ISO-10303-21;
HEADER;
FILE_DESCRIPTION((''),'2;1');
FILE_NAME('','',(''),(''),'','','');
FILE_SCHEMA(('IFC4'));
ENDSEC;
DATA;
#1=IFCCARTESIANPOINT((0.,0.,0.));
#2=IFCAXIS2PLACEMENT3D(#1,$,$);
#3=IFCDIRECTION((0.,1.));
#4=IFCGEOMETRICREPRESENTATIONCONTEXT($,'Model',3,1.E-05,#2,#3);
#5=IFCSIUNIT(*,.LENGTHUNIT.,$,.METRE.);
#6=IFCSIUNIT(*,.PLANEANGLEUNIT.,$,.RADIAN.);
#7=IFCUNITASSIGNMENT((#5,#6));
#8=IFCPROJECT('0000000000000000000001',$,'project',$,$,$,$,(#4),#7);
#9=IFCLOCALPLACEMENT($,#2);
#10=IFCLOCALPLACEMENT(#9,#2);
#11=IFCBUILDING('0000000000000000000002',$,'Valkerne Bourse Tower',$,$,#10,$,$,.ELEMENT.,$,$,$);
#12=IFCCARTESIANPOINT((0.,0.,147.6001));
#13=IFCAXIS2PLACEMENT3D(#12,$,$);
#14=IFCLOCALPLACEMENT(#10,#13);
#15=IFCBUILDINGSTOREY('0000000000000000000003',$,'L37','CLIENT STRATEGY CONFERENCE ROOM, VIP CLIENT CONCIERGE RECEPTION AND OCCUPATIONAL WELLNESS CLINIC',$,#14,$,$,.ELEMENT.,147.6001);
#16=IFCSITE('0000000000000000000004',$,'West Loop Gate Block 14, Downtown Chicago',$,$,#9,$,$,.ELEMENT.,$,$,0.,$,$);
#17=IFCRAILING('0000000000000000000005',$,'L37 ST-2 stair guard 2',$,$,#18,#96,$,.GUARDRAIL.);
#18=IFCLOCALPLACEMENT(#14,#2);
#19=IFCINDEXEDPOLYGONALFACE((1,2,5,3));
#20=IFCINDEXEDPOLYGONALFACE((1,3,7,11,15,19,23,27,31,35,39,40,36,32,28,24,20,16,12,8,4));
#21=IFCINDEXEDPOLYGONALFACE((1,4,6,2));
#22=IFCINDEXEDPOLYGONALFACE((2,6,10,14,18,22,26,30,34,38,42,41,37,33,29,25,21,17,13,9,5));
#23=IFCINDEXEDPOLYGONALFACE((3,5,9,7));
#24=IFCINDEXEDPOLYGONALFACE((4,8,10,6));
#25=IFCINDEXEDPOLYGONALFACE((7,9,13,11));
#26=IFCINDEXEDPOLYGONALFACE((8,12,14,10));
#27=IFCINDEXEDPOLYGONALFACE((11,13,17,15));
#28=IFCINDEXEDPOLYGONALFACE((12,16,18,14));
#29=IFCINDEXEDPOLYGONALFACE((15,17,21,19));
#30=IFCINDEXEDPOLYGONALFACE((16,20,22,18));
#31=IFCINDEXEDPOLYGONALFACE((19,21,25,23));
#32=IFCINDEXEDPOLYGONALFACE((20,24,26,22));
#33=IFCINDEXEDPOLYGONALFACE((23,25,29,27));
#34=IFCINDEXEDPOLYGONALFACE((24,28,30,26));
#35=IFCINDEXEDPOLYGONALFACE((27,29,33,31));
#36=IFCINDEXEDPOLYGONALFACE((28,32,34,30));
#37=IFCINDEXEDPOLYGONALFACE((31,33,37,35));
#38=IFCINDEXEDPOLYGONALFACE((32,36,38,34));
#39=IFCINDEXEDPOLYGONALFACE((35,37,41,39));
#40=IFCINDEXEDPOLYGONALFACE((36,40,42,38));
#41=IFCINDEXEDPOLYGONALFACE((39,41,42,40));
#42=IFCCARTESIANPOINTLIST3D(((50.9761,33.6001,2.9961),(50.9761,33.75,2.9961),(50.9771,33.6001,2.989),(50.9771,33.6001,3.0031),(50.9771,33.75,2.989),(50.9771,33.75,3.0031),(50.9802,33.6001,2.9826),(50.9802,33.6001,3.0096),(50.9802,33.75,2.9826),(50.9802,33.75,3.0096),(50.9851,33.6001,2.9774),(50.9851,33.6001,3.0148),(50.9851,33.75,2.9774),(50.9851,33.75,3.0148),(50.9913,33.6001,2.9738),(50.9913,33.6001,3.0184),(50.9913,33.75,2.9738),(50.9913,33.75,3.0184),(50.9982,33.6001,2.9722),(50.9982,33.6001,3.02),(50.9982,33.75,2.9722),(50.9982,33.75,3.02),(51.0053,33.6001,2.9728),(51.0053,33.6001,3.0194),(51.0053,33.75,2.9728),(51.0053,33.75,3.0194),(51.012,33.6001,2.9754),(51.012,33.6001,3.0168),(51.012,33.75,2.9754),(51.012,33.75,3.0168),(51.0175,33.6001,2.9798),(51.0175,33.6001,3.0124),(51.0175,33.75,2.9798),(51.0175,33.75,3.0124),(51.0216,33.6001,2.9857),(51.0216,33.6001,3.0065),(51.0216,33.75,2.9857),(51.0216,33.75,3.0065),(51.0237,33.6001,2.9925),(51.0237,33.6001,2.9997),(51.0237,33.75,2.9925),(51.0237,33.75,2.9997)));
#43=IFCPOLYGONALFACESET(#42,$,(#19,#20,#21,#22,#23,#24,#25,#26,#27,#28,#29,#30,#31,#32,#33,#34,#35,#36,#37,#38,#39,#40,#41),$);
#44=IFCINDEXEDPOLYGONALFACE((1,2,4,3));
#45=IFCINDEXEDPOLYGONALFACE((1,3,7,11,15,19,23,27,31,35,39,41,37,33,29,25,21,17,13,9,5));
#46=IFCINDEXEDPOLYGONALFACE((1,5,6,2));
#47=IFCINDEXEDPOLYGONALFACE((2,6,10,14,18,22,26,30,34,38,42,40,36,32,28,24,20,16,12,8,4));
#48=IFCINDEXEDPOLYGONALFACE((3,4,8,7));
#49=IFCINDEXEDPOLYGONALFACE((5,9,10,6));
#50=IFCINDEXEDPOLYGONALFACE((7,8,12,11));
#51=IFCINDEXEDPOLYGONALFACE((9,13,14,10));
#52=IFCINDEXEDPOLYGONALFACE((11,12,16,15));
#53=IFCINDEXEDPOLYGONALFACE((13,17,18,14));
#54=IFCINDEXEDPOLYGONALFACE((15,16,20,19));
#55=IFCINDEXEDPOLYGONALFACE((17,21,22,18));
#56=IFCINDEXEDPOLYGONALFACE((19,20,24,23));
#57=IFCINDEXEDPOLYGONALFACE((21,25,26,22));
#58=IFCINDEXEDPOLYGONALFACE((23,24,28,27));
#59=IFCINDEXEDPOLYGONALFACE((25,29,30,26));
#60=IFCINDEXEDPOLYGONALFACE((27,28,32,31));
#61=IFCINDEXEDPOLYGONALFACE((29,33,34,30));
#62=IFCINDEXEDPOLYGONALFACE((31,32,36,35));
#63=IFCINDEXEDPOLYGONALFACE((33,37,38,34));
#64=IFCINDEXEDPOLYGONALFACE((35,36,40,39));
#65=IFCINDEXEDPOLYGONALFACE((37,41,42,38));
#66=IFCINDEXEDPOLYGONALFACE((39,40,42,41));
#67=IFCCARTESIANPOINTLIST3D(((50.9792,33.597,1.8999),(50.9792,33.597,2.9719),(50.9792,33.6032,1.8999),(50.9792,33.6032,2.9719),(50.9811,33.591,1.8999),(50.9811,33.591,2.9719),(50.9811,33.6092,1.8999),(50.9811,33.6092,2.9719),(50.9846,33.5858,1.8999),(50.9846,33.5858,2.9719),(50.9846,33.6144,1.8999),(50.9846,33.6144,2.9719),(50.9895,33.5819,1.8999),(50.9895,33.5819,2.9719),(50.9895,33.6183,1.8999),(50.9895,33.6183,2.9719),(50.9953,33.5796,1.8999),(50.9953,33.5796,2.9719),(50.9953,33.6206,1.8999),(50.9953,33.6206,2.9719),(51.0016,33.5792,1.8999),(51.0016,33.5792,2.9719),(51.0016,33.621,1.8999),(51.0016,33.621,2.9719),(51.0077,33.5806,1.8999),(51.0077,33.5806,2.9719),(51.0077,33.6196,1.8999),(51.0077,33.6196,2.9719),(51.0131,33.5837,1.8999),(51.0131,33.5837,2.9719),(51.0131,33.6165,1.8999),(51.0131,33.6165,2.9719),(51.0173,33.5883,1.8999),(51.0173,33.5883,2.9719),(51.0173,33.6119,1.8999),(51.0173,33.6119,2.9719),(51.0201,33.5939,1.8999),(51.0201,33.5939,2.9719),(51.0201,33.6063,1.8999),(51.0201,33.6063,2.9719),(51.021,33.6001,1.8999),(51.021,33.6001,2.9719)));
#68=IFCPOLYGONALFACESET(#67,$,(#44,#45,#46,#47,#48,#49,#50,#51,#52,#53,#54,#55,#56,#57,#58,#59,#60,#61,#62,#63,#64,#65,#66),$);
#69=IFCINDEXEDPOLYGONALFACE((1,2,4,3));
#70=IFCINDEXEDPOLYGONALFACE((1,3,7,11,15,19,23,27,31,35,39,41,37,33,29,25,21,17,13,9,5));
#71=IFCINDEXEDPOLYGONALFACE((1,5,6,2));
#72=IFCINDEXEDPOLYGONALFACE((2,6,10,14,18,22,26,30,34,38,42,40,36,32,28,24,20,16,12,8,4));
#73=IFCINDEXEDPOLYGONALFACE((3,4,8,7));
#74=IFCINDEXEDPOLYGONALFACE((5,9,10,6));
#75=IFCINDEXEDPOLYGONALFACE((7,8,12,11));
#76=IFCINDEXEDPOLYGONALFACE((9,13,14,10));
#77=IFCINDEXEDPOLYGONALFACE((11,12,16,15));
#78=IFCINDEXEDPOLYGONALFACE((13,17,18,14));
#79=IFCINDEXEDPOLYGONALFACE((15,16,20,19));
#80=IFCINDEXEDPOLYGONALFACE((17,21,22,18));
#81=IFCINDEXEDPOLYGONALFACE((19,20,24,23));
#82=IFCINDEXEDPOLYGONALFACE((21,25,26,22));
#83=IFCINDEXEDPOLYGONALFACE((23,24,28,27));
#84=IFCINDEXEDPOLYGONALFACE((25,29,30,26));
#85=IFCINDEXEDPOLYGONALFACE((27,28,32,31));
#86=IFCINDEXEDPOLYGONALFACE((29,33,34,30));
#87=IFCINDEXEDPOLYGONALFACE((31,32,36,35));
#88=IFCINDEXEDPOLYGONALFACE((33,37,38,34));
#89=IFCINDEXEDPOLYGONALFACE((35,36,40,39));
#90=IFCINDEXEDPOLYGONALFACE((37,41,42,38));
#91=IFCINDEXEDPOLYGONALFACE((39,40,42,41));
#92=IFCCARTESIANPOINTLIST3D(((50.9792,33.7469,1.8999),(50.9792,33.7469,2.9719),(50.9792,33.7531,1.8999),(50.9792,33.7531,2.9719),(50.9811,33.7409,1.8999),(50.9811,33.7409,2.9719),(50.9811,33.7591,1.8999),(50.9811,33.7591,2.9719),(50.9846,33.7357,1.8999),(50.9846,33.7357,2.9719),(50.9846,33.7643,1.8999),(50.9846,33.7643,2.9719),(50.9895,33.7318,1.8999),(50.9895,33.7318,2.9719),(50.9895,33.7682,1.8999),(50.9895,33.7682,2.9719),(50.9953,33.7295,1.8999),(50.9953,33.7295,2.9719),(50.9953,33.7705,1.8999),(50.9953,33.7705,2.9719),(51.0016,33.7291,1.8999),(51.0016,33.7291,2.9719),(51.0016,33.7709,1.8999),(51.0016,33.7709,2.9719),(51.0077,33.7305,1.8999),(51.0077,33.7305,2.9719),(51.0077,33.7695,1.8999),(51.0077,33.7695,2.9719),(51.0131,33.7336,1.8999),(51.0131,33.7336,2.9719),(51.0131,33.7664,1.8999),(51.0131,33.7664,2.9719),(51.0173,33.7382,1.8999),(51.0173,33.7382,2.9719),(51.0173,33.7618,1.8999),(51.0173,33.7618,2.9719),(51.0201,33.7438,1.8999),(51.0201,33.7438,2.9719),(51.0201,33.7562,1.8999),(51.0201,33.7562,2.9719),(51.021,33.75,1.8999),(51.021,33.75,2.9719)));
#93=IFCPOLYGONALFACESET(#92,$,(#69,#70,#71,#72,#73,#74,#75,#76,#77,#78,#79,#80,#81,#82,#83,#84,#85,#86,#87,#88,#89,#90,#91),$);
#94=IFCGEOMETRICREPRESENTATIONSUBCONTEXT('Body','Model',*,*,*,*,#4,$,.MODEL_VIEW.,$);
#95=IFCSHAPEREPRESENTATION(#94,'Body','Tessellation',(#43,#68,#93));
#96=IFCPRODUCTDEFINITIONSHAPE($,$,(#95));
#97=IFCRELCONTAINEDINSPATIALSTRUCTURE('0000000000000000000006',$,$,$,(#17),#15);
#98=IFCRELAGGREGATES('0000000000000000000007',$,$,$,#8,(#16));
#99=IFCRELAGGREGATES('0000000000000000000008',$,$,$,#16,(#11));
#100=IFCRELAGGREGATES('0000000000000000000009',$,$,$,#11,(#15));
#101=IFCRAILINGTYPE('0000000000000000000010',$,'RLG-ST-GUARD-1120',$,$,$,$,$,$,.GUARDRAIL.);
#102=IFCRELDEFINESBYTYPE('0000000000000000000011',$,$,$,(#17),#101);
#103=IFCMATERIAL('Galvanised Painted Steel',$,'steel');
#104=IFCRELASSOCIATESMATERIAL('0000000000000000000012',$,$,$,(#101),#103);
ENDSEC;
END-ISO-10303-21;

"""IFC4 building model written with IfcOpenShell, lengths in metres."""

from ifc_helpers import new_model, si_unit, direction, frame, origin, origin_2d, place, context, subcontext, project, spatial, circle, extrude, material, type_object, element, save


model = new_model("IFC4")

# Units and contexts
model_context = context("Model", 3, precision=1e-05, world=origin(), true_north=direction((0.0, 1.0)))
body_context = subcontext(model_context, "Body", "Model", "MODEL_VIEW")
ifc_project = project(units=[si_unit("LENGTHUNIT", "METRE"), si_unit("PLANEANGLEUNIT", "RADIAN")], contexts=[model_context])

# Site, building, storey
site_placement = place(None, origin())
site = spatial("IfcSite", under=ifc_project, at=site_placement, Name="West Loop Gate Block 14, Downtown Chicago", CompositionType="ELEMENT", RefElevation=0.0)
building_placement = place(site_placement, origin())
building = spatial("IfcBuilding", under=site, at=building_placement, Name="Valkerne Bourse Tower", CompositionType="ELEMENT")
storey_placement = place(building_placement, frame((0.0, 0.0, 147.6001)))
storey = spatial("IfcBuildingStorey", under=building, at=storey_placement, Name="L37", Description="CLIENT STRATEGY CONFERENCE ROOM, VIP CLIENT CONCIERGE RECEPTION AND OCCUPATIONAL WELLNESS CLINIC", CompositionType="ELEMENT", Elevation=147.6001)

# Shared definitions
ifc_material_1 = material(Name="Galvanised Painted Steel", Category="steel")

# Railing
railing_type_1 = type_object("IfcRailingType", Name="RLG-ST-GUARD-1120", PredefinedType="GUARDRAIL", material=ifc_material_1)
railing_1_placement = place(storey_placement, frame((51.0, 33.6001, 1.8999)))
element("IfcRailing", 1, at=railing_1_placement, inside=storey, type_object=railing_type_1, Name="L37 ST-2 stair guard 2", PredefinedType="GUARDRAIL", context=body_context, shape_type="SweptSolid", body=[
    extrude(circle(Radius=0.0239, at=origin_2d()), frame((0.0, 0.0, 1.0962), z_axis=(0.0, 1.0, 0.0), x_axis=(-1.0, 0.0, 0.0)), (0.0, 0.0, 1.0), 0.1499),
    extrude(circle(Radius=0.021, at=origin_2d()), origin(), (0.0, 0.0, 1.0), 1.072),
    extrude(circle(Radius=0.021, at=origin_2d()), frame((0.0, 0.1499, 0.0)), (0.0, 0.0, 1.0), 1.072),
])

save(model, "model.ifc")
